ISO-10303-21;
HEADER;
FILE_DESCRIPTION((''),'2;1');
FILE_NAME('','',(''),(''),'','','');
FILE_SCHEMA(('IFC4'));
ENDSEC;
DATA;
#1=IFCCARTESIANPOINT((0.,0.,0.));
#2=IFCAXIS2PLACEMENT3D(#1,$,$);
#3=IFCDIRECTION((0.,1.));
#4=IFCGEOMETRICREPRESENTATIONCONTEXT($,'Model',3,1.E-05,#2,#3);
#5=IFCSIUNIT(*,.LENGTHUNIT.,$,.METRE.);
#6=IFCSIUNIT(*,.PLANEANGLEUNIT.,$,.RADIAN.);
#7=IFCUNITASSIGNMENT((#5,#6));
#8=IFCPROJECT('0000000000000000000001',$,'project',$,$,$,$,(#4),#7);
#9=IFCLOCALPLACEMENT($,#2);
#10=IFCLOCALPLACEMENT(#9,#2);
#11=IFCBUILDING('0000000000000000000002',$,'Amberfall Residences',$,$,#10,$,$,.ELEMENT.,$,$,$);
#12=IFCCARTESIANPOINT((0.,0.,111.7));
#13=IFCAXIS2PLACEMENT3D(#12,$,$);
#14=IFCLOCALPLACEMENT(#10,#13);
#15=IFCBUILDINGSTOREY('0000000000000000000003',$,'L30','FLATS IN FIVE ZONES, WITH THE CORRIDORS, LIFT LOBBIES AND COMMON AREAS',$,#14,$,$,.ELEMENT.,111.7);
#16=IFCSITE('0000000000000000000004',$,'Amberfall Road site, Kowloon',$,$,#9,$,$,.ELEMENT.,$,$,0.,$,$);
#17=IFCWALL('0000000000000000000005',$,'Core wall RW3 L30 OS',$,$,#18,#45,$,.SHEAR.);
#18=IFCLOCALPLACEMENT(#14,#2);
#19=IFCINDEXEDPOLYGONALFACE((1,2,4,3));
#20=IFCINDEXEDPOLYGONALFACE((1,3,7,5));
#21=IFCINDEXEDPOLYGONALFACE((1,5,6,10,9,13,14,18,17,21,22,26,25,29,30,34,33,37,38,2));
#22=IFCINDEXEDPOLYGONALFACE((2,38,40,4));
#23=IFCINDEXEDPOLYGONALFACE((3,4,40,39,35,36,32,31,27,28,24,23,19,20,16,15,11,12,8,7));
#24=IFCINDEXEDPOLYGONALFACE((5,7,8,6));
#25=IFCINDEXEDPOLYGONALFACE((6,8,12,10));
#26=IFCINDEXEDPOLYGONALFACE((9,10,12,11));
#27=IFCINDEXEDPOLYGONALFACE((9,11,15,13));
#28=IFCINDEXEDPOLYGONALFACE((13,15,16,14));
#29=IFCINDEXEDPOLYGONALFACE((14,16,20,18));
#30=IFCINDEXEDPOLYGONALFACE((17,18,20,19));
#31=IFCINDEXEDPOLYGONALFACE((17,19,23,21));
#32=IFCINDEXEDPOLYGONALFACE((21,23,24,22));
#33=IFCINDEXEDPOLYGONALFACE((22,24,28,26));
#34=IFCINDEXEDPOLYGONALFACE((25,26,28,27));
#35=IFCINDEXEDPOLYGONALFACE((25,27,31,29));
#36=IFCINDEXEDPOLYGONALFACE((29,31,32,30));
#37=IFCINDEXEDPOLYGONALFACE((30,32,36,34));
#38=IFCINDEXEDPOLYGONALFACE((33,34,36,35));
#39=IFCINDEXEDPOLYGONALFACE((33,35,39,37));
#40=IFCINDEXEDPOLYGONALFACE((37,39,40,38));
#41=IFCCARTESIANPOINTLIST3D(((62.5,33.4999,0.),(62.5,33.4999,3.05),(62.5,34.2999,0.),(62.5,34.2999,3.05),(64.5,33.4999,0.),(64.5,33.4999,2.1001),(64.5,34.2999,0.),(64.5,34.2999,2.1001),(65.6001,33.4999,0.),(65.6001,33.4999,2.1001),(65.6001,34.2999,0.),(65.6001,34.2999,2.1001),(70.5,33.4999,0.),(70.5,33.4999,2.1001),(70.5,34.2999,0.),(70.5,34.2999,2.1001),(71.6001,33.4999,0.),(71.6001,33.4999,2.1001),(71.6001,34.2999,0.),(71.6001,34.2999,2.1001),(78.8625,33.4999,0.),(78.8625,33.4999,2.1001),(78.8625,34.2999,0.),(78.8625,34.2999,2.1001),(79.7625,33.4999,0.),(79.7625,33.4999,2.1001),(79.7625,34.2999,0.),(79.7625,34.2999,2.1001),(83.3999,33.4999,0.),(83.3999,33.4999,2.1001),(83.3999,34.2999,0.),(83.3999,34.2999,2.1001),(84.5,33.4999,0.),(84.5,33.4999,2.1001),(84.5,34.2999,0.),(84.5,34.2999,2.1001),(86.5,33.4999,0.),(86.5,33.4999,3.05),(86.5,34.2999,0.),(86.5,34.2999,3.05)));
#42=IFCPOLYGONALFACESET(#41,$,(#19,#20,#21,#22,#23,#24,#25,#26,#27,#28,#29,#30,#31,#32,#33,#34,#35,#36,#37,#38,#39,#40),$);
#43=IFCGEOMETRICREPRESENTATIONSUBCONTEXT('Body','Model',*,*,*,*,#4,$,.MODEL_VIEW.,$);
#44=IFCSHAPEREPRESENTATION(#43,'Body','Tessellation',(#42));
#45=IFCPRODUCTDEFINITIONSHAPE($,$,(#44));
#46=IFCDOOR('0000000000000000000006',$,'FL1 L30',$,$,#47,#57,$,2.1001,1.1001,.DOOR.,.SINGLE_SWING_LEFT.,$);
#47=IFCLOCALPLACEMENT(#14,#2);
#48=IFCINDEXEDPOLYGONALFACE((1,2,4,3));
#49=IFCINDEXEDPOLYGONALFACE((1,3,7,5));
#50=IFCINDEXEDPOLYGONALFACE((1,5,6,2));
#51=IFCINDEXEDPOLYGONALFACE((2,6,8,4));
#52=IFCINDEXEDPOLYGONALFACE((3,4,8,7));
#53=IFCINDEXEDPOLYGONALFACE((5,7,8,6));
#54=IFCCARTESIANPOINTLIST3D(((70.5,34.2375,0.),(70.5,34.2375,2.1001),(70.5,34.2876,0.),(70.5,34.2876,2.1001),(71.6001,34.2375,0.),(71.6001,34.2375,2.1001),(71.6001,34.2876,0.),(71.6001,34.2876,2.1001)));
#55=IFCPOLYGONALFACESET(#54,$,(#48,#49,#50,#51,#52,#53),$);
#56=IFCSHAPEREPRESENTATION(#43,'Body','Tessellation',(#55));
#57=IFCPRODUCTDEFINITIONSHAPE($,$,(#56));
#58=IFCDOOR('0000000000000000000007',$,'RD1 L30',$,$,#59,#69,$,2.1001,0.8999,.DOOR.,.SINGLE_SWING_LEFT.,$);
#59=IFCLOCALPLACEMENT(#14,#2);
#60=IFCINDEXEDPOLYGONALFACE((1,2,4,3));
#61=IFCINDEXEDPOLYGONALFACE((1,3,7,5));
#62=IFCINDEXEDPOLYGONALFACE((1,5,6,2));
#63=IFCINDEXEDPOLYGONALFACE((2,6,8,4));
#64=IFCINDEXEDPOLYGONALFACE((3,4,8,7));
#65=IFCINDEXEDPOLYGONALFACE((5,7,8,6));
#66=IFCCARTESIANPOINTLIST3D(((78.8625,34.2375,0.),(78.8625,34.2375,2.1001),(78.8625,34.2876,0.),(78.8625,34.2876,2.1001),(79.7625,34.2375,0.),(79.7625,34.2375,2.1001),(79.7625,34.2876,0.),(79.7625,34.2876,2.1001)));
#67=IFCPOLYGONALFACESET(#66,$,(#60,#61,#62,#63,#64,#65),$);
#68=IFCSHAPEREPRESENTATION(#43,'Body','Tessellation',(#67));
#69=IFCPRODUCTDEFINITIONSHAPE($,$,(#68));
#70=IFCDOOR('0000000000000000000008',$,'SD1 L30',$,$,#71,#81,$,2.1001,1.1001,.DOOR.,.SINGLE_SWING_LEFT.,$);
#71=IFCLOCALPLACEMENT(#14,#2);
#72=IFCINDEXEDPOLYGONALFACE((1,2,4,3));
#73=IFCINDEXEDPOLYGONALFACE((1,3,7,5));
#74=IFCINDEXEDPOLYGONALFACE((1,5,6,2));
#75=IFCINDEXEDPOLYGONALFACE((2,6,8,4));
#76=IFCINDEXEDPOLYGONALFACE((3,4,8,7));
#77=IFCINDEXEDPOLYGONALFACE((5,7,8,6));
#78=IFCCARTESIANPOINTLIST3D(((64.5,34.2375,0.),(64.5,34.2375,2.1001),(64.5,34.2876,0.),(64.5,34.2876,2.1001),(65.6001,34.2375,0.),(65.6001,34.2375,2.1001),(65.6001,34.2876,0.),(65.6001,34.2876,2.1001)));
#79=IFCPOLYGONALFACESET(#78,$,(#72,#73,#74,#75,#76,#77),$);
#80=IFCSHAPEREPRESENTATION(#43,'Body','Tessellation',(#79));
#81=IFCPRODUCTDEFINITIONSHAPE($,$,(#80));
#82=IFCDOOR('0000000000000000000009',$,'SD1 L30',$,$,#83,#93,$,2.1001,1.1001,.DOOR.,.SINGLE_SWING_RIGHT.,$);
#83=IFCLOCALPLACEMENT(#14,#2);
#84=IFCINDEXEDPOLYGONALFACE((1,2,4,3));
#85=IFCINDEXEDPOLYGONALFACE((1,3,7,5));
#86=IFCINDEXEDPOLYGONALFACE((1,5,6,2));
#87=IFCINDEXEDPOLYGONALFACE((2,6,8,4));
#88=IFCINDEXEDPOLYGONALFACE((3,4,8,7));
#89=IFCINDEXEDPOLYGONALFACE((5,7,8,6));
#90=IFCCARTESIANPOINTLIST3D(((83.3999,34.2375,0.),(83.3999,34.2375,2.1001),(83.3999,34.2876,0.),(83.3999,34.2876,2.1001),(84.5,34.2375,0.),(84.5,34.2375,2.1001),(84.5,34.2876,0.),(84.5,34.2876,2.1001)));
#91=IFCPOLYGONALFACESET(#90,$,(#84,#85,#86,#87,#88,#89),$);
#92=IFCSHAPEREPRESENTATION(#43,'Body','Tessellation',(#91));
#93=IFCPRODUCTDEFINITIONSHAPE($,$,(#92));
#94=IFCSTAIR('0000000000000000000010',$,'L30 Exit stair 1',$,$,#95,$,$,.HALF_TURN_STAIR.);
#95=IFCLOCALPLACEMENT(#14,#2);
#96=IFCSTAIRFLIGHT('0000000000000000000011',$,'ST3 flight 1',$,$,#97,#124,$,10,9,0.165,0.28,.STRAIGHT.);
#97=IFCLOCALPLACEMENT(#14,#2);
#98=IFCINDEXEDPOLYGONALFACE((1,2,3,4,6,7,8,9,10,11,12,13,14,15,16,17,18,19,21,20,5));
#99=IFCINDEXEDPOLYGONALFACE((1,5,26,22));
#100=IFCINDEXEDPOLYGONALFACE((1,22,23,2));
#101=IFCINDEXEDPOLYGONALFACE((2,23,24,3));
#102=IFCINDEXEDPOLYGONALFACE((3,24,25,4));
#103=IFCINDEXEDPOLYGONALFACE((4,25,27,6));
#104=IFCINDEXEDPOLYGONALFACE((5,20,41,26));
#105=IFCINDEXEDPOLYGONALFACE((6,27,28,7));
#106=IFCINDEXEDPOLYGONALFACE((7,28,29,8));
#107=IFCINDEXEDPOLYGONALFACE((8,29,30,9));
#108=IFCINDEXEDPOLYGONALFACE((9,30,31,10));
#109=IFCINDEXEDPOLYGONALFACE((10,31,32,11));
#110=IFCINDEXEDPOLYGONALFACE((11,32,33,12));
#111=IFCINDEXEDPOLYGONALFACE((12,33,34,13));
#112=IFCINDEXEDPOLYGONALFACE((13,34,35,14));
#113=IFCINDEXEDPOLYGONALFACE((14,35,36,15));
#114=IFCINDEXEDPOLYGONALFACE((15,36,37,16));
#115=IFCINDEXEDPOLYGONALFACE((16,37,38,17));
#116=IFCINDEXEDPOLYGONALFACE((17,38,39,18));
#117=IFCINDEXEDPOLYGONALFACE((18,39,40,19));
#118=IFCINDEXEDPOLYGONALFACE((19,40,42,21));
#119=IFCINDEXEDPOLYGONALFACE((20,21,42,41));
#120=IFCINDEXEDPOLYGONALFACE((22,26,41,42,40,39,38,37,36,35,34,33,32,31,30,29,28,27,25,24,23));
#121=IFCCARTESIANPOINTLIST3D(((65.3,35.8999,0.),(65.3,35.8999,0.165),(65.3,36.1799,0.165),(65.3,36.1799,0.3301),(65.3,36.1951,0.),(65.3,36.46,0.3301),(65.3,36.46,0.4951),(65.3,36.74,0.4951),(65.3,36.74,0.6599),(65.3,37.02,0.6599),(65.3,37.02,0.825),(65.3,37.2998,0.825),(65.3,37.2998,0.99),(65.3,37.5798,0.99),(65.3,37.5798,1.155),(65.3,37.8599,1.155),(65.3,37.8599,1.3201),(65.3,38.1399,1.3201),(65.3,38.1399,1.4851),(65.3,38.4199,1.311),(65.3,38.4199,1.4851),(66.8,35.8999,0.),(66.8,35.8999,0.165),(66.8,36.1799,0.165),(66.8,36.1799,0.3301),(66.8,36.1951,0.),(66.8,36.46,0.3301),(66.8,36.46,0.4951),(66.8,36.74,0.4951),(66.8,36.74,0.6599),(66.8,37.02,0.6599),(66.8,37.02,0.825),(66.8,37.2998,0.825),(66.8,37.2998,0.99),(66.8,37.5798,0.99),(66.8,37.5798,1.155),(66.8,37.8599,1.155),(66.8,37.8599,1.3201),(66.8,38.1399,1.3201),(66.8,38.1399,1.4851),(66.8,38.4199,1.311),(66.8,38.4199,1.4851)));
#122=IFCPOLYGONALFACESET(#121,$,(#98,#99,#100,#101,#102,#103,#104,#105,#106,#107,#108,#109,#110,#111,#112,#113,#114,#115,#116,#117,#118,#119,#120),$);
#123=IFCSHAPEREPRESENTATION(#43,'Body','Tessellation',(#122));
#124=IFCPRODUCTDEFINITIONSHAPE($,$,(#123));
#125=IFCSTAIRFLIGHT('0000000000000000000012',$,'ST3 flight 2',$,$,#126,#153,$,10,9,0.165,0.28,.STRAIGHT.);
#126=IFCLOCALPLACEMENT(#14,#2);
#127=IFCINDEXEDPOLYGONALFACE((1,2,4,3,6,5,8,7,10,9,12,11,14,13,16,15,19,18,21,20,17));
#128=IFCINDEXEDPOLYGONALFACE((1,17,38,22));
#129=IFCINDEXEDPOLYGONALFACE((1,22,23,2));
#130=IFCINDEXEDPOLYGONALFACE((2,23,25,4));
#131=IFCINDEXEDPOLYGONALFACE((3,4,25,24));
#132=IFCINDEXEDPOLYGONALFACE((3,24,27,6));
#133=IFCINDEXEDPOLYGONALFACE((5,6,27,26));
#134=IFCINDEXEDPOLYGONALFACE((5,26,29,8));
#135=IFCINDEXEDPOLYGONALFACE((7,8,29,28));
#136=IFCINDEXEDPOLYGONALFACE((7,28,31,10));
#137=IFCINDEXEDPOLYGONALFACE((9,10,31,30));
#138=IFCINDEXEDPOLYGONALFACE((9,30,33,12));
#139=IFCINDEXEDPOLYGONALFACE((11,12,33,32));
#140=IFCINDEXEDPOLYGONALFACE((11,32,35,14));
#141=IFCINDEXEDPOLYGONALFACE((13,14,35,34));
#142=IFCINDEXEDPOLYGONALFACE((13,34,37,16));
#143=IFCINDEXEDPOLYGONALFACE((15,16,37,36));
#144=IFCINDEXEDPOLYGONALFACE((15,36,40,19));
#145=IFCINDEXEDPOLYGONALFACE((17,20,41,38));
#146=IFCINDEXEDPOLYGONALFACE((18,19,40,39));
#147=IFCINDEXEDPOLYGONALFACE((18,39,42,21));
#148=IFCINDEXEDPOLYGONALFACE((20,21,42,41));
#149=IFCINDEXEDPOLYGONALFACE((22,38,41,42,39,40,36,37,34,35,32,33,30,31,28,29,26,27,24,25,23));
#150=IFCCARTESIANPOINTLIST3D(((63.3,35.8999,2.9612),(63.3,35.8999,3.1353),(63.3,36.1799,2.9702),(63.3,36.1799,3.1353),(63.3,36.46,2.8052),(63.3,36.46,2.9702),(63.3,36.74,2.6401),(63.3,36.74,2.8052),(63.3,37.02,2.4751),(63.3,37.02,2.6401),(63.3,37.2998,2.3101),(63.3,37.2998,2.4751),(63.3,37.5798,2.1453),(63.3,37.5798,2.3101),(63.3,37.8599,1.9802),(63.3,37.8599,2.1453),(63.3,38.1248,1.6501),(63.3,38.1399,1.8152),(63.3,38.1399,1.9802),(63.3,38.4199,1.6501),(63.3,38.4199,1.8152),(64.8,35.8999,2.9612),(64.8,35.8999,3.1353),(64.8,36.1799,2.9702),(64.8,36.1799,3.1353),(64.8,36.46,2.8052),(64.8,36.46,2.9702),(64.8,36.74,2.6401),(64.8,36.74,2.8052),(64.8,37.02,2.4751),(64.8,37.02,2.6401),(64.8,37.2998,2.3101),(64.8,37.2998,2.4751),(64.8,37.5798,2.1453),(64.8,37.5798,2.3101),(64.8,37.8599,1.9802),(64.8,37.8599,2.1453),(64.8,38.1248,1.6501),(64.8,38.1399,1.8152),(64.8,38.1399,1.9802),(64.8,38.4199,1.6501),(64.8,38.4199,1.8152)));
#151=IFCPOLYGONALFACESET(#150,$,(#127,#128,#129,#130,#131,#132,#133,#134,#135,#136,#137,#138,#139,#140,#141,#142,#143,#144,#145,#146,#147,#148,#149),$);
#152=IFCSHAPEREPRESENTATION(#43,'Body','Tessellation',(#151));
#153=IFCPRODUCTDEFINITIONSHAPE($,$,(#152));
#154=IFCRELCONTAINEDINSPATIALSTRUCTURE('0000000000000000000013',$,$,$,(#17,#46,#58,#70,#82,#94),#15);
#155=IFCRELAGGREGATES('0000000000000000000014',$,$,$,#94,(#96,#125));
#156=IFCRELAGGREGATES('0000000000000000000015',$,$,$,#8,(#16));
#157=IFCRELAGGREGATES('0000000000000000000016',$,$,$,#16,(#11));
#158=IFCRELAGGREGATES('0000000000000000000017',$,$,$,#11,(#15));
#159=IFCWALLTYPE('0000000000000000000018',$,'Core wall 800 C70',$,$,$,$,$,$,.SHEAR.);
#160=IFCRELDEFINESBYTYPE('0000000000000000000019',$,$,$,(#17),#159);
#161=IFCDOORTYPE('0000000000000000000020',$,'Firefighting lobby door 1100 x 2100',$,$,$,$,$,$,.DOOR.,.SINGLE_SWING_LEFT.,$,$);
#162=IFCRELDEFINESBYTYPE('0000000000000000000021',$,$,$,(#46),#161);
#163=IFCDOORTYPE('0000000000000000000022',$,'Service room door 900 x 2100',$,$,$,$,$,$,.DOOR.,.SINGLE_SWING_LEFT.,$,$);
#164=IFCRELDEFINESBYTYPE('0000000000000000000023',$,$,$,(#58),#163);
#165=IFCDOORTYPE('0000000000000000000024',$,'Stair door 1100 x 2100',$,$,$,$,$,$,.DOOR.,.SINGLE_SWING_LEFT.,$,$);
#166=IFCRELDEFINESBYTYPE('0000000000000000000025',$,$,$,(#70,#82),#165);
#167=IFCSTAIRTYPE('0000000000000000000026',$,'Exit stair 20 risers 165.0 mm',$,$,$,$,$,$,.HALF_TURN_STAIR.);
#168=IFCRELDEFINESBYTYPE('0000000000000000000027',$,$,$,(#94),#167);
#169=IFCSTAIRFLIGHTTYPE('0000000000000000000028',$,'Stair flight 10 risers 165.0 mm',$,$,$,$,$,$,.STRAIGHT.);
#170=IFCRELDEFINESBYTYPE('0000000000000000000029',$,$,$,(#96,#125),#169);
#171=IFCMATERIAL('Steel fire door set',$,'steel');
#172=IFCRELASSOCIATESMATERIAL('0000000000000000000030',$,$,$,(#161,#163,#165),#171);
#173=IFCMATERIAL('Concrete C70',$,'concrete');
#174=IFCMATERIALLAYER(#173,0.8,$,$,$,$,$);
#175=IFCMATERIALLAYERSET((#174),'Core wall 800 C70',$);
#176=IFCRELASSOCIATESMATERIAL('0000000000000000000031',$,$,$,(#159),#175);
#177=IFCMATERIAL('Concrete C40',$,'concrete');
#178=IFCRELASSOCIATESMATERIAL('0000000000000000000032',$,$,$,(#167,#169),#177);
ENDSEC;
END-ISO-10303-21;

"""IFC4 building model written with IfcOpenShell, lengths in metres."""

from ifc_helpers import new_model, si_unit, direction, frame, frame_2d, origin, place, context, subcontext, project, spatial, polyline, rectangle, outline, extrude, material, layer, layer_set, type_object, element, fill, aggregate, save


model = new_model("IFC4")

# Units and contexts
model_context = context("Model", 3, precision=1e-05, world=origin(), true_north=direction((0.0, 1.0)))
body_context = subcontext(model_context, "Body", "Model", "MODEL_VIEW")
ifc_project = project(units=[si_unit("LENGTHUNIT", "METRE"), si_unit("PLANEANGLEUNIT", "RADIAN")], contexts=[model_context])

# Site, building, storey
site_placement = place(None, origin())
site = spatial("IfcSite", under=ifc_project, at=site_placement, Name="Amberfall Road site, Kowloon", CompositionType="ELEMENT", RefElevation=0.0)
building_placement = place(site_placement, origin())
building = spatial("IfcBuilding", under=site, at=building_placement, Name="Amberfall Residences", CompositionType="ELEMENT")
storey_placement = place(building_placement, frame((0.0, 0.0, 111.7)))
storey = spatial("IfcBuildingStorey", under=building, at=storey_placement, Name="L30", Description="FLATS IN FIVE ZONES, WITH THE CORRIDORS, LIFT LOBBIES AND COMMON AREAS", CompositionType="ELEMENT", Elevation=111.7)

# Shared definitions
ifc_material_1 = material(Name="Concrete C70", Category="concrete")

# Shared definitions
ifc_material_2 = material(Name="Steel fire door set", Category="steel")
door_type_1 = type_object("IfcDoorType", Name="Firefighting lobby door 1100 x 2100", OperationType="SINGLE_SWING_LEFT", PredefinedType="DOOR", material=ifc_material_2)

# Wall, openings, doors
ifc_layer_1 = layer(ifc_material_1, 0.8)
ifc_layer_set_1 = layer_set([ifc_layer_1], Name="Core wall 800 C70")
wall_type_1 = type_object("IfcWallType", Name="Core wall 800 C70", PredefinedType="SHEAR", material=ifc_layer_set_1)
wall_1_placement = place(storey_placement, frame((62.5, 33.8999, 0.0), z_axis=(0.0, 0.0, 1.0), x_axis=(1.0, 0.0, 0.0)))
wall_1 = element("IfcWall", 1, at=wall_1_placement, inside=storey, type_object=wall_type_1, Name="Core wall RW3 L30 OS", PredefinedType="SHEAR", context=body_context, shape_type="SweptSolid", body=[
    extrude(rectangle(XDim=24.0, YDim=0.8, at=frame_2d((12.0, 0.0))), origin(), (0.0, 0.0, 1.0), 3.05),
])
opening_1_placement = place(wall_1_placement, frame((2.0, 0.0, 0.0)))
opening_1 = element("IfcOpeningElement", 2, at=opening_1_placement, cuts=wall_1, PredefinedType="OPENING", context=body_context, shape_type="SweptSolid", body=[
    extrude(rectangle(XDim=1.1001, YDim=2.1001, at=frame_2d((0.55, 1.05))), frame((0.0, 0.4099, 0.0), z_axis=(0.0, -1.0, 0.0), x_axis=(1.0, 0.0, 0.0)), (0.0, 0.0, 1.0), 0.8201),
])
opening_2_placement = place(wall_1_placement, frame((20.8999, 0.0, 0.0)))
opening_2 = element("IfcOpeningElement", 3, at=opening_2_placement, cuts=wall_1, PredefinedType="OPENING", context=body_context, shape_type="SweptSolid", body=[
    extrude(rectangle(XDim=1.1001, YDim=2.1001, at=frame_2d((0.55, 1.05))), frame((0.0, 0.4099, 0.0), z_axis=(0.0, -1.0, 0.0), x_axis=(1.0, 0.0, 0.0)), (0.0, 0.0, 1.0), 0.8201),
])
opening_3_placement = place(wall_1_placement, frame((8.0, 0.0, 0.0)))
opening_3 = element("IfcOpeningElement", 4, at=opening_3_placement, cuts=wall_1, PredefinedType="OPENING", context=body_context, shape_type="SweptSolid", body=[
    extrude(rectangle(XDim=1.1001, YDim=2.1001, at=frame_2d((0.55, 1.05))), frame((0.0, 0.4099, 0.0), z_axis=(0.0, -1.0, 0.0), x_axis=(1.0, 0.0, 0.0)), (0.0, 0.0, 1.0), 0.8201),
])
opening_4_placement = place(wall_1_placement, frame((16.3625, 0.0, 0.0)))
opening_4 = element("IfcOpeningElement", 5, at=opening_4_placement, cuts=wall_1, PredefinedType="OPENING", context=body_context, shape_type="SweptSolid", body=[
    extrude(rectangle(XDim=0.8999, YDim=2.1001, at=frame_2d((0.45, 1.05))), frame((0.0, 0.4099, 0.0), z_axis=(0.0, -1.0, 0.0), x_axis=(1.0, 0.0, 0.0)), (0.0, 0.0, 1.0), 0.8201),
])
door_1_placement = place(opening_3_placement, origin())
door_1 = element("IfcDoor", 6, at=door_1_placement, inside=storey, type_object=door_type_1, Name="FL1 L30", OperationType="SINGLE_SWING_LEFT", OverallHeight=2.1001, OverallWidth=1.1001, PredefinedType="DOOR", context=body_context, shape_type="SweptSolid", body=[
    extrude(rectangle(XDim=1.1001, YDim=2.1001, at=frame_2d((0.55, 1.05))), frame((0.0, 0.3877, 0.0), z_axis=(0.0, -1.0, 0.0), x_axis=(1.0, 0.0, 0.0)), (0.0, 0.0, 1.0), 0.05),
])
fill(opening_3, door_1)
door_type_2 = type_object("IfcDoorType", Name="Service room door 900 x 2100", OperationType="SINGLE_SWING_LEFT", PredefinedType="DOOR", material=ifc_material_2)
door_2_placement = place(opening_4_placement, origin())
door_2 = element("IfcDoor", 7, at=door_2_placement, inside=storey, type_object=door_type_2, Name="RD1 L30", OperationType="SINGLE_SWING_LEFT", OverallHeight=2.1001, OverallWidth=0.8999, PredefinedType="DOOR", context=body_context, shape_type="SweptSolid", body=[
    extrude(rectangle(XDim=0.8999, YDim=2.1001, at=frame_2d((0.45, 1.05))), frame((0.0, 0.3877, 0.0), z_axis=(0.0, -1.0, 0.0), x_axis=(1.0, 0.0, 0.0)), (0.0, 0.0, 1.0), 0.05),
])
fill(opening_4, door_2)
door_type_3 = type_object("IfcDoorType", Name="Stair door 1100 x 2100", OperationType="SINGLE_SWING_LEFT", PredefinedType="DOOR", material=ifc_material_2)
door_3_placement = place(opening_1_placement, origin())
door_3 = element("IfcDoor", 8, at=door_3_placement, inside=storey, type_object=door_type_3, Name="SD1 L30", OperationType="SINGLE_SWING_LEFT", OverallHeight=2.1001, OverallWidth=1.1001, PredefinedType="DOOR", context=body_context, shape_type="SweptSolid", body=[
    extrude(rectangle(XDim=1.1001, YDim=2.1001, at=frame_2d((0.55, 1.05))), frame((0.0, 0.3877, 0.0), z_axis=(0.0, -1.0, 0.0), x_axis=(1.0, 0.0, 0.0)), (0.0, 0.0, 1.0), 0.05),
])
fill(opening_1, door_3)
door_4_placement = place(opening_2_placement, origin())
door_4 = element("IfcDoor", 9, at=door_4_placement, inside=storey, type_object=door_type_3, Name="SD1 L30", OperationType="SINGLE_SWING_RIGHT", OverallHeight=2.1001, OverallWidth=1.1001, PredefinedType="DOOR", context=body_context, shape_type="SweptSolid", body=[
    extrude(rectangle(XDim=1.1001, YDim=2.1001, at=frame_2d((0.55, 1.05))), frame((0.0, 0.3877, 0.0), z_axis=(0.0, -1.0, 0.0), x_axis=(1.0, 0.0, 0.0)), (0.0, 0.0, 1.0), 0.05),
])
fill(opening_2, door_4)

# Stair, stair flights
ifc_material_3 = material(Name="Concrete C40", Category="concrete")
stair_type = type_object("IfcStairType", Name="Exit stair 20 risers 165.0 mm", PredefinedType="HALF_TURN_STAIR", material=ifc_material_3)
stair_placement = place(storey_placement, origin())
stair = element("IfcStair", 10, at=stair_placement, inside=storey, type_object=stair_type, Name="L30 Exit stair 1", PredefinedType="HALF_TURN_STAIR")
stair_flight_type = type_object("IfcStairFlightType", Name="Stair flight 10 risers 165.0 mm", PredefinedType="STRAIGHT", material=ifc_material_3)
stair_flight_1_placement = place(storey_placement, frame((66.05, 35.8999, 0.0), z_axis=(0.0, 0.0, 1.0), x_axis=(0.0, 1.0, 0.0)))
stair_flight_1 = element("IfcStairFlight", 11, at=stair_flight_1_placement, type_object=stair_flight_type, Name="ST3 flight 1", NumberOfRisers=10, NumberOfTreads=9, PredefinedType="STRAIGHT", RiserHeight=0.165, TreadLength=0.28, context=body_context, shape_type="SweptSolid", body=[
    extrude(outline(polyline([(0.0, 0.0), (0.0, 0.165), (0.28, 0.165), (0.28, 0.3301), (0.5601, 0.3301), (0.5601, 0.4951), (0.8401, 0.4951), (0.8401, 0.6599), (1.1201, 0.6599), (1.1201, 0.825), (1.3999, 0.825), (1.3999, 0.99), (1.6799, 0.99), (1.6799, 1.155), (1.96, 1.155), (1.96, 1.3201), (2.24, 1.3201), (2.24, 1.4851), (2.52, 1.4851), (2.52, 1.6499), (2.52, 1.311), (0.2952, 0.0), (0.0, 0.0)])), frame((0.0, 0.75, 0.0), z_axis=(0.0, -1.0, 0.0), x_axis=(1.0, 0.0, 0.0)), (0.0, 0.0, 1.0), 1.5),
])
stair_flight_2_placement = place(storey_placement, frame((64.05, 38.4199, 1.6501), z_axis=(0.0, 0.0, 1.0), x_axis=(0.0, -1.0, 0.0)))
stair_flight_2 = element("IfcStairFlight", 12, at=stair_flight_2_placement, type_object=stair_flight_type, Name="ST3 flight 2", NumberOfRisers=10, NumberOfTreads=9, PredefinedType="STRAIGHT", RiserHeight=0.165, TreadLength=0.28, context=body_context, shape_type="SweptSolid", body=[
    extrude(outline(polyline([(0.0, 0.0), (0.0, 0.165), (0.28, 0.165), (0.28, 0.3301), (0.5601, 0.3301), (0.5601, 0.4951), (0.8401, 0.4951), (0.8401, 0.6599), (1.1201, 0.6599), (1.1201, 0.825), (1.3999, 0.825), (1.3999, 0.99), (1.6799, 0.99), (1.6799, 1.155), (1.96, 1.155), (1.96, 1.3201), (2.24, 1.3201), (2.24, 1.4851), (2.52, 1.4851), (2.52, 1.6499), (2.52, 1.311), (0.2952, 0.0), (0.0, 0.0)])), frame((0.0, 0.75, 0.0), z_axis=(0.0, -1.0, 0.0), x_axis=(1.0, 0.0, 0.0)), (0.0, 0.0, 1.0), 1.5),
])
aggregate(stair, [stair_flight_1, stair_flight_2])

save(model, "model.ifc")
